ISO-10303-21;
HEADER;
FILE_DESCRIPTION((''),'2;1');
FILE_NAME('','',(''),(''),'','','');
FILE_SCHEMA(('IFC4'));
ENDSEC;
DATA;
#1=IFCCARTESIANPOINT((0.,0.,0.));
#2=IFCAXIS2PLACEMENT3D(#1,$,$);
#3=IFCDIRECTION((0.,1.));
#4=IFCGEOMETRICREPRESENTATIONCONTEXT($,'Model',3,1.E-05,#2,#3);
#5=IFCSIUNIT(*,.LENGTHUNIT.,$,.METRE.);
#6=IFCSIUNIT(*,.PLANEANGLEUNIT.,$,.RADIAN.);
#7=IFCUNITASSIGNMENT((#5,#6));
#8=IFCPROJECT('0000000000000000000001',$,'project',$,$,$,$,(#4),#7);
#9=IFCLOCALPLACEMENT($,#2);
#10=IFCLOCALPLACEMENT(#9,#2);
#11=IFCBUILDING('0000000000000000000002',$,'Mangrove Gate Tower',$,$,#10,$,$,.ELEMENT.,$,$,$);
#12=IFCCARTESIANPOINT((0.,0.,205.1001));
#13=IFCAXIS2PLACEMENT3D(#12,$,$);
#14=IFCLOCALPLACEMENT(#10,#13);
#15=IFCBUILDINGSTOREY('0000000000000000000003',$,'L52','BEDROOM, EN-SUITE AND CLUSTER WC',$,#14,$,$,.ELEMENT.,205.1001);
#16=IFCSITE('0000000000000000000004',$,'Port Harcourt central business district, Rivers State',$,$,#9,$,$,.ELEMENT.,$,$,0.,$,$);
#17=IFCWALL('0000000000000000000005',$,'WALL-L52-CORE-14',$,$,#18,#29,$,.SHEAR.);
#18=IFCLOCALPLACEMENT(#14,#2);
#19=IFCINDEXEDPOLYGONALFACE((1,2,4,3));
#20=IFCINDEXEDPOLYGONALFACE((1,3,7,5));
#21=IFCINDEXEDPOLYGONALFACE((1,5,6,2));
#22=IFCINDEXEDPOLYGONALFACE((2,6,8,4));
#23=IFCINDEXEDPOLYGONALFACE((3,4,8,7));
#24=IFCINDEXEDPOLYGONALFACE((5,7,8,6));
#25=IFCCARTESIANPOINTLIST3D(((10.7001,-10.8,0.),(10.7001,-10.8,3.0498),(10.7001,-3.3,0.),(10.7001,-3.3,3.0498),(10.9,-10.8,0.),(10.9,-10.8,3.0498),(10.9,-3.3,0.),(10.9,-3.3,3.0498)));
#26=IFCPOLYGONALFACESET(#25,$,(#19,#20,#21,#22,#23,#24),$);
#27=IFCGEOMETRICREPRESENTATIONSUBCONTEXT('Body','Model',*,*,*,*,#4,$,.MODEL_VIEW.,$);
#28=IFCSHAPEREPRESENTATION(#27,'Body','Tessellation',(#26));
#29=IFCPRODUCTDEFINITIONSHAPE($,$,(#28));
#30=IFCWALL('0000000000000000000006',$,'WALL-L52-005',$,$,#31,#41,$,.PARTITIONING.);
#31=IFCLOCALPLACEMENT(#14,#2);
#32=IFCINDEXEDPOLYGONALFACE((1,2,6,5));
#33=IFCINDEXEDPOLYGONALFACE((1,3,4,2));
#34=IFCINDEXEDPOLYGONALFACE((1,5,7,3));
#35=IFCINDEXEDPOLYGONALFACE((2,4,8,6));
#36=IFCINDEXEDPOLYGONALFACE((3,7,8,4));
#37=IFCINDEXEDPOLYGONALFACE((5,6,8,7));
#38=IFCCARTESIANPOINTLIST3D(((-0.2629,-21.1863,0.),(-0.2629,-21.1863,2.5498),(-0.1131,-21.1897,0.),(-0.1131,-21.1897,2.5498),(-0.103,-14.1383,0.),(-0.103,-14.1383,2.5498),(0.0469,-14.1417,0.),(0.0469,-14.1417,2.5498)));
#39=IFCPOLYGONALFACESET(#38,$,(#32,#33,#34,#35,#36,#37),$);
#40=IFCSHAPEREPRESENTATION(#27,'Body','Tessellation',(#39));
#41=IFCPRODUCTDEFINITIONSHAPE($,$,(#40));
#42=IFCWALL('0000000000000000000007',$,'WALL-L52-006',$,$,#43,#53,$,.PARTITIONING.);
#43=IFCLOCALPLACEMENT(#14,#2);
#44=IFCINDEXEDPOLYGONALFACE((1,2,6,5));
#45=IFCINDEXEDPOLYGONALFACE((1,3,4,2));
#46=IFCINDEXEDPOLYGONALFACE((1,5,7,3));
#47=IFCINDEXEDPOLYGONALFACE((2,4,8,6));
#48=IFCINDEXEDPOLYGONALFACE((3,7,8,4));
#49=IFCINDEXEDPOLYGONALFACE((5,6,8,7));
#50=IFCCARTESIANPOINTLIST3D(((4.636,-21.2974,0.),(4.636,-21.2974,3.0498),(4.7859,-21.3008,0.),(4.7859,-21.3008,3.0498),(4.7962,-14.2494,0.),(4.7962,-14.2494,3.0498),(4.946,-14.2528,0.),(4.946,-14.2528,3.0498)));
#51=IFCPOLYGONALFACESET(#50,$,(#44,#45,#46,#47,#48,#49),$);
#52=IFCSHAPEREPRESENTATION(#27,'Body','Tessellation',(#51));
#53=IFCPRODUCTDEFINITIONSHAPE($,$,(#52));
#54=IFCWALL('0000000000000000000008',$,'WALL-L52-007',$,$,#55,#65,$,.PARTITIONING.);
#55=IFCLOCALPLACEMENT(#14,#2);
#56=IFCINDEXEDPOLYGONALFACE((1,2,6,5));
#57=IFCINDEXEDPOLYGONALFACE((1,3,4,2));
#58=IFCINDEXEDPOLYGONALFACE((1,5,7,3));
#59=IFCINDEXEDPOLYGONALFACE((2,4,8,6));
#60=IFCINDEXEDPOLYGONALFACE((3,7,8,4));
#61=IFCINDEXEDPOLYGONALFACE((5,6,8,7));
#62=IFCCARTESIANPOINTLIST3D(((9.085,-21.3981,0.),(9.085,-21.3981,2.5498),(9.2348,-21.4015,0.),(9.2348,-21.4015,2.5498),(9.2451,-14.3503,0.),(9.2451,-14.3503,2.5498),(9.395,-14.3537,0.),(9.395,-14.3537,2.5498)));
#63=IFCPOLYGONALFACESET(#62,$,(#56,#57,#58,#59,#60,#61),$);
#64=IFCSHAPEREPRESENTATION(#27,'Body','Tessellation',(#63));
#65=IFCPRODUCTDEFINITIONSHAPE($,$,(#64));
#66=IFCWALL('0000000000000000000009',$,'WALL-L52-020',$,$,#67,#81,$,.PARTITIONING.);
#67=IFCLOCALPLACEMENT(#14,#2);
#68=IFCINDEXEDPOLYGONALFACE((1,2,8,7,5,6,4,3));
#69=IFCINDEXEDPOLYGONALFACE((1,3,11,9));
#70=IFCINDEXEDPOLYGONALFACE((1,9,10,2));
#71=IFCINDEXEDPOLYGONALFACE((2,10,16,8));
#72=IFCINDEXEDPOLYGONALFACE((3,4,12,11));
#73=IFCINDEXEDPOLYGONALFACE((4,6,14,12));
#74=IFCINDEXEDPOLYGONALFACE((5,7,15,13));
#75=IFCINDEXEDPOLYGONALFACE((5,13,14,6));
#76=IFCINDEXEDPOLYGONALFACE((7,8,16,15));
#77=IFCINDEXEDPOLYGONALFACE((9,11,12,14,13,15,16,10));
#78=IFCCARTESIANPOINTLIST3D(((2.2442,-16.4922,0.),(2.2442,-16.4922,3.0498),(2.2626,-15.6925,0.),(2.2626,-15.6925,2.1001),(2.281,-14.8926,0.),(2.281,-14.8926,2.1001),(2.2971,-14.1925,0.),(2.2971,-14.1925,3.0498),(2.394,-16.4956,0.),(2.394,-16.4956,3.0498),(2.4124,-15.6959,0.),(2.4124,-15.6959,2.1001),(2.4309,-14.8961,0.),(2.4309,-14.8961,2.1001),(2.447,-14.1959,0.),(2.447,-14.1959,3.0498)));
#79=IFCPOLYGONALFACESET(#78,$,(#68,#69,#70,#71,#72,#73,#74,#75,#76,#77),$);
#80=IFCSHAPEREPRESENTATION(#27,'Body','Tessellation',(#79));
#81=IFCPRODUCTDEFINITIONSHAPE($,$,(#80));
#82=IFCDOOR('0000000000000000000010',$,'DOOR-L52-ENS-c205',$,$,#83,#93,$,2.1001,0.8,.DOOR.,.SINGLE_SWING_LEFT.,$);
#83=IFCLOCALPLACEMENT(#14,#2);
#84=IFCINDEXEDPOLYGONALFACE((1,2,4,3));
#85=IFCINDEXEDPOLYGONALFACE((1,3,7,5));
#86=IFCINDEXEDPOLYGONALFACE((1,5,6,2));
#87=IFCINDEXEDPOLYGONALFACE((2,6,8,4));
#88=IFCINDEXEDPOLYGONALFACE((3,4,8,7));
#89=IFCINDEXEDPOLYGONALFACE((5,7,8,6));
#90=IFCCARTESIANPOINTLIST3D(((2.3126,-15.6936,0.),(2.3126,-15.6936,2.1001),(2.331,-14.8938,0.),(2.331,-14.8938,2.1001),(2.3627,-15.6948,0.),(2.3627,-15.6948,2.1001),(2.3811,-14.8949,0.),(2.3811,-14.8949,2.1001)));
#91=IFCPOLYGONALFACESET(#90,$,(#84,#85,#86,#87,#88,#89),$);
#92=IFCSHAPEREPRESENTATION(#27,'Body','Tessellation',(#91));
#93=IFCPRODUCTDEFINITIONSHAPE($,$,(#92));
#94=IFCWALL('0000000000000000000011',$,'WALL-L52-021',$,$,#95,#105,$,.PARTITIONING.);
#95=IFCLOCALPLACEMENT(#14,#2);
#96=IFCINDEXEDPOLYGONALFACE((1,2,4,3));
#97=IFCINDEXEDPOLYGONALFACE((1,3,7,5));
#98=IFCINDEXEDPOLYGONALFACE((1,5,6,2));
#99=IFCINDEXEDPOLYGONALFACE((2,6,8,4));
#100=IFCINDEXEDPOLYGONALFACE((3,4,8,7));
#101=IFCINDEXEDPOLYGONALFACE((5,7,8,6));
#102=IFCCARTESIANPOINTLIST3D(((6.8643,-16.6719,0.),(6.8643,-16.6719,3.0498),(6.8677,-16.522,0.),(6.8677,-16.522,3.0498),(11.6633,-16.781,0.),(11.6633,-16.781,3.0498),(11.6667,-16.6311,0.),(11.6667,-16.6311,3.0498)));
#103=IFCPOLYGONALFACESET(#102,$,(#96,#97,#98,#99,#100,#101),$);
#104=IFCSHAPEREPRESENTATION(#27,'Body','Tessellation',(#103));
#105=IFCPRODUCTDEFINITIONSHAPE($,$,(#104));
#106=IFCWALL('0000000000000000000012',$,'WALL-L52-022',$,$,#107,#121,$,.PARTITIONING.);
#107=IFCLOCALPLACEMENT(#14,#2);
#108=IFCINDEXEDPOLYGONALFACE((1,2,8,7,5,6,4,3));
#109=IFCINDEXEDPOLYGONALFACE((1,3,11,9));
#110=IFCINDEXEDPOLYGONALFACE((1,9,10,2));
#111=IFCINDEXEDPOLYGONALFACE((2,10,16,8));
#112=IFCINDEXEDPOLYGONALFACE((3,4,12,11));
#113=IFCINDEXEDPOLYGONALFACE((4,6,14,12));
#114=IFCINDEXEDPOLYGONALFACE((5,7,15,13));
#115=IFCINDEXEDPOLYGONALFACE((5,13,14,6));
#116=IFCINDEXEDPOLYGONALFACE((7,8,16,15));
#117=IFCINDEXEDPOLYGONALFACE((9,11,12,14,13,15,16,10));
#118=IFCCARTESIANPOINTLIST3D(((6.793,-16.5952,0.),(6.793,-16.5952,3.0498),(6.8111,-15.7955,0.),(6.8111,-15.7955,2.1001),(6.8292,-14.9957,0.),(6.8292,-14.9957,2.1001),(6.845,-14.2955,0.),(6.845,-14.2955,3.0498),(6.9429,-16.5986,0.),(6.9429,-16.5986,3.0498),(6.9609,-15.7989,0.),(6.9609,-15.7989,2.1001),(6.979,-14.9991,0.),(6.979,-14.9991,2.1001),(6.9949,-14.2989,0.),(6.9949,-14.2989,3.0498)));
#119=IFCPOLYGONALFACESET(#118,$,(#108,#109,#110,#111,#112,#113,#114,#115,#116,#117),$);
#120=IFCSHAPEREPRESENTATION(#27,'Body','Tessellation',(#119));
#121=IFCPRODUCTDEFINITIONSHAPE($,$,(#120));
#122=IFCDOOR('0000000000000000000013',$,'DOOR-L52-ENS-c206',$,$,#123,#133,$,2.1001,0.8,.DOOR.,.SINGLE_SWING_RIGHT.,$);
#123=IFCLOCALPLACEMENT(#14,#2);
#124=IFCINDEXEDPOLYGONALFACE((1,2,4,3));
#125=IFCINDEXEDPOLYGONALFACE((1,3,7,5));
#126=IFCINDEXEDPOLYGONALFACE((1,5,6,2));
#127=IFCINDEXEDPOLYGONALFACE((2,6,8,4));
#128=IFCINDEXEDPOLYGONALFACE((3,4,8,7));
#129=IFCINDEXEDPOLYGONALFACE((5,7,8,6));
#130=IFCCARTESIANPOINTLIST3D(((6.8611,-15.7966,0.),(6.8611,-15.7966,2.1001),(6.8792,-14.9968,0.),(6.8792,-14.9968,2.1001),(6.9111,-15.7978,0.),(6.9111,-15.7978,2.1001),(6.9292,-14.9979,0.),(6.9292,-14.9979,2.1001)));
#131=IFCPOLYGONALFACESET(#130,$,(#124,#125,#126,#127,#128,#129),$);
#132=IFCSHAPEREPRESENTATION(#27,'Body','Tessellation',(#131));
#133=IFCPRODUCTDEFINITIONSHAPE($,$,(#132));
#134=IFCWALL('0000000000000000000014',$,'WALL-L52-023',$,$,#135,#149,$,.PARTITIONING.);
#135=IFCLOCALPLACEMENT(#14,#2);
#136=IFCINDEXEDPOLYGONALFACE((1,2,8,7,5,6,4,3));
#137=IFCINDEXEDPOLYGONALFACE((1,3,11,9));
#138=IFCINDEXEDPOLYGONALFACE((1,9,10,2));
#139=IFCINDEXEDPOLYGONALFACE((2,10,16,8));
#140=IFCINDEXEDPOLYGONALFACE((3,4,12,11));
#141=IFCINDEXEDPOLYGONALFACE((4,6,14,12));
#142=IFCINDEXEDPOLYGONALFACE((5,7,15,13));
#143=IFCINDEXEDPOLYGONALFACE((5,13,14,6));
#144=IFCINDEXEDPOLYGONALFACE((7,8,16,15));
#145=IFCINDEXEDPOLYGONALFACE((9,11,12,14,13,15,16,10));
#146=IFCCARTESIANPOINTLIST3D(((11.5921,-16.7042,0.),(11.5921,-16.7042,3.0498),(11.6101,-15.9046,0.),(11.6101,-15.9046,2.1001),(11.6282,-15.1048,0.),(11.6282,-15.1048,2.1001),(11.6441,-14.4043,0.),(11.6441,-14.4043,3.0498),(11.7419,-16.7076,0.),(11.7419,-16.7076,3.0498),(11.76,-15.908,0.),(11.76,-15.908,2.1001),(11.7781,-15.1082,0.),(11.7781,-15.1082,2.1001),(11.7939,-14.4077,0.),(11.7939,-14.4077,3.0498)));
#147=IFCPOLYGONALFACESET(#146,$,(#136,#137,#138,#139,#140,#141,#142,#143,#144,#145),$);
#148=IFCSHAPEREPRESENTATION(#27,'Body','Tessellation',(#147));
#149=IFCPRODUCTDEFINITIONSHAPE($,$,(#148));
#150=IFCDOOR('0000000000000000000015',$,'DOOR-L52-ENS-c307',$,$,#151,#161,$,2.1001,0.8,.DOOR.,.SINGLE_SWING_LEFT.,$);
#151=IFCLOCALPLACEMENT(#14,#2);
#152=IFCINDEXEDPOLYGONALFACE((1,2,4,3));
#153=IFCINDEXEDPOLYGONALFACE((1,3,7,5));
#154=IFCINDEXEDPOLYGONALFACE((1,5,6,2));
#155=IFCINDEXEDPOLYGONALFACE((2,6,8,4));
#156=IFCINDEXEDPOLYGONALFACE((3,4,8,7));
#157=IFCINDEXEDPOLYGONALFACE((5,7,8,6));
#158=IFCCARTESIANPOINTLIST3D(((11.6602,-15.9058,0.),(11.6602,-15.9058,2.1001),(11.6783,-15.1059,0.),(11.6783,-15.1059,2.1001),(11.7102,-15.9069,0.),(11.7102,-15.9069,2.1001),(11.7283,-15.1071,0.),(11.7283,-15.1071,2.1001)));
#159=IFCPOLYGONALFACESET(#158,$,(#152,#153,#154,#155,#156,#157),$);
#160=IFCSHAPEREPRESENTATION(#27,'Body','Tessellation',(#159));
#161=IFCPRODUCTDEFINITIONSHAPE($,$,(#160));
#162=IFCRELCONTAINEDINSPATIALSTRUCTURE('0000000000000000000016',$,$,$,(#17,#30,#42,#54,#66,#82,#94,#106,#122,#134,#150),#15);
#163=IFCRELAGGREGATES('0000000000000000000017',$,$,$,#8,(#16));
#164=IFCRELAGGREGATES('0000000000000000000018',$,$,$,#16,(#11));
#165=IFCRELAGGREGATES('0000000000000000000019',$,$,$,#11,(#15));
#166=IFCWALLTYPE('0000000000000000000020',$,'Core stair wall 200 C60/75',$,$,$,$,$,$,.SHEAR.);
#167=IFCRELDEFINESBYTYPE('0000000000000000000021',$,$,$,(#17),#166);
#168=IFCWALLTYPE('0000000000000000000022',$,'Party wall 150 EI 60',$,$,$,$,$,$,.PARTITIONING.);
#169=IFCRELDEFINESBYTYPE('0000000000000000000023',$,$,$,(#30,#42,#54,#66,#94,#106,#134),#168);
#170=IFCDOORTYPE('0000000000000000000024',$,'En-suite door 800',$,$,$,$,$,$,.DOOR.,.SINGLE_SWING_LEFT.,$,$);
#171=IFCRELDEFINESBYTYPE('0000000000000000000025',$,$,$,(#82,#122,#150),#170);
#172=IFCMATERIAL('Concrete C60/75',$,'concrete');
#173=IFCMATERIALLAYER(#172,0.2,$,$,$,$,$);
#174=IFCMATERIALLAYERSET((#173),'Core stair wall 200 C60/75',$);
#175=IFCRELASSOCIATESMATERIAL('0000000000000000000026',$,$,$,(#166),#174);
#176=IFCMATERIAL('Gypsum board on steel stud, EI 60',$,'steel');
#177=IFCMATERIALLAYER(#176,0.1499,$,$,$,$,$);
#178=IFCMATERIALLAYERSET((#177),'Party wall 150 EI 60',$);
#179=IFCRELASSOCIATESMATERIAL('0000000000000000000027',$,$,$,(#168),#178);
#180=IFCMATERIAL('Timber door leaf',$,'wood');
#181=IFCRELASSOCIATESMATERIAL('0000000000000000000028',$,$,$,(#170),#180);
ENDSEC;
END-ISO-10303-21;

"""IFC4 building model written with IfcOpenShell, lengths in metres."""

from ifc_helpers import new_model, si_unit, direction, frame, frame_2d, origin, place, context, subcontext, project, spatial, rectangle, extrude, material, layer, layer_set, type_object, element, fill, save


model = new_model("IFC4")

# Units and contexts
model_context = context("Model", 3, precision=1e-05, world=origin(), true_north=direction((0.0, 1.0)))
body_context = subcontext(model_context, "Body", "Model", "MODEL_VIEW")
ifc_project = project(units=[si_unit("LENGTHUNIT", "METRE"), si_unit("PLANEANGLEUNIT", "RADIAN")], contexts=[model_context])

# Site, building, storey
site_placement = place(None, origin())
site = spatial("IfcSite", under=ifc_project, at=site_placement, Name="Port Harcourt central business district, Rivers State", CompositionType="ELEMENT", RefElevation=0.0)
building_placement = place(site_placement, origin())
building = spatial("IfcBuilding", under=site, at=building_placement, Name="Mangrove Gate Tower", CompositionType="ELEMENT")
storey_placement = place(building_placement, frame((0.0, 0.0, 205.1001)))
storey = spatial("IfcBuildingStorey", under=building, at=storey_placement, Name="L52", Description="BEDROOM, EN-SUITE AND CLUSTER WC", CompositionType="ELEMENT", Elevation=205.1001)

# Shared definitions
ifc_material_1 = material(Name="Concrete C60/75", Category="concrete")
ifc_layer_1 = layer(ifc_material_1, 0.2)
ifc_layer_set_1 = layer_set([ifc_layer_1], Name="Core stair wall 200 C60/75")
wall_type_1 = type_object("IfcWallType", Name="Core stair wall 200 C60/75", PredefinedType="SHEAR", material=ifc_layer_set_1)

# Walls
wall_1_placement = place(storey_placement, frame((10.8, -10.8, 0.0), z_axis=(0.0, 0.0, 1.0), x_axis=(0.0, 1.0, 0.0)))
element("IfcWall", 1, at=wall_1_placement, inside=storey, type_object=wall_type_1, Name="WALL-L52-CORE-14", PredefinedType="SHEAR", context=body_context, shape_type="SweptSolid", body=[
    extrude(rectangle(XDim=7.5, YDim=0.2, at=frame_2d((3.75, 0.0))), origin(), (0.0, 0.0, 1.0), 3.0498),
])
ifc_material_2 = material(Name="Gypsum board on steel stud, EI 60", Category="steel")
ifc_layer_2 = layer(ifc_material_2, 0.1499)
ifc_layer_set_2 = layer_set([ifc_layer_2], Name="Party wall 150 EI 60")
wall_type_2 = type_object("IfcWallType", Name="Party wall 150 EI 60", PredefinedType="PARTITIONING", material=ifc_layer_set_2)
wall_2_placement = place(storey_placement, frame((-0.188, -21.188, 0.0), z_axis=(0.0, 0.0, 1.0), x_axis=(0.022683, 0.999743, 0.0)))
element("IfcWall", 2, at=wall_2_placement, inside=storey, type_object=wall_type_2, Name="WALL-L52-005", PredefinedType="PARTITIONING", context=body_context, shape_type="SweptSolid", body=[
    extrude(rectangle(XDim=7.0498, YDim=0.1499, at=frame_2d((3.5249, 0.0))), origin(), (0.0, 0.0, 1.0), 2.5498),
])
wall_3_placement = place(storey_placement, frame((4.7109, -21.2991, 0.0), z_axis=(0.0, 0.0, 1.0), x_axis=(0.022717, 0.999742, 0.0)))
element("IfcWall", 3, at=wall_3_placement, inside=storey, type_object=wall_type_2, Name="WALL-L52-006", PredefinedType="PARTITIONING", context=body_context, shape_type="SweptSolid", body=[
    extrude(rectangle(XDim=7.0498, YDim=0.1499, at=frame_2d((3.5249, 0.0))), origin(), (0.0, 0.0, 1.0), 3.0498),
])
wall_4_placement = place(storey_placement, frame((9.1599, -21.3999, 0.0), z_axis=(0.0, 0.0, 1.0), x_axis=(0.022718, 0.999742, 0.0)))
element("IfcWall", 4, at=wall_4_placement, inside=storey, type_object=wall_type_2, Name="WALL-L52-007", PredefinedType="PARTITIONING", context=body_context, shape_type="SweptSolid", body=[
    extrude(rectangle(XDim=7.0496, YDim=0.1499, at=frame_2d((3.5249, 0.0))), origin(), (0.0, 0.0, 1.0), 2.5498),
])

# Wall, opening, door
wall_5_placement = place(storey_placement, frame((2.3191, -16.4939, 0.0), z_axis=(0.0, 0.0, 1.0), x_axis=(0.02303, 0.999735, 0.0)))
wall_5 = element("IfcWall", 5, at=wall_5_placement, inside=storey, type_object=wall_type_2, Name="WALL-L52-020", PredefinedType="PARTITIONING", context=body_context, shape_type="SweptSolid", body=[
    extrude(rectangle(XDim=2.3003, YDim=0.1499, at=frame_2d((1.1501, 0.0))), origin(), (0.0, 0.0, 1.0), 3.0498),
])
opening_1_placement = place(wall_5_placement, frame((0.8, 0.0, 0.0)))
opening_1 = element("IfcOpeningElement", 6, at=opening_1_placement, cuts=wall_5, PredefinedType="OPENING", context=body_context, shape_type="SweptSolid", body=[
    extrude(rectangle(XDim=0.8, YDim=2.1001, at=frame_2d((0.3999, 1.05))), frame((0.0, 0.085, 0.0), z_axis=(0.0, -1.0, 0.0), x_axis=(1.0, 0.0, 0.0)), (0.0, 0.0, 1.0), 0.1699),
])
ifc_material_3 = material(Name="Timber door leaf", Category="wood")
door_type_1 = type_object("IfcDoorType", Name="En-suite door 800", OperationType="SINGLE_SWING_LEFT", PredefinedType="DOOR", material=ifc_material_3)
door_1_placement = place(opening_1_placement, origin())
door_1 = element("IfcDoor", 7, at=door_1_placement, inside=storey, type_object=door_type_1, Name="DOOR-L52-ENS-c205", OperationType="SINGLE_SWING_LEFT", OverallHeight=2.1001, OverallWidth=0.8, PredefinedType="DOOR", context=body_context, shape_type="SweptSolid", body=[
    extrude(rectangle(XDim=0.8, YDim=2.1001, at=frame_2d((0.3999, 1.05))), frame((0.0, 0.0249, 0.0), z_axis=(0.0, -1.0, 0.0), x_axis=(1.0, 0.0, 0.0)), (0.0, 0.0, 1.0), 0.05),
])
fill(opening_1, door_1)

# Wall
wall_6_placement = place(storey_placement, frame((6.866, -16.5969, 0.0), z_axis=(0.0, 0.0, 1.0), x_axis=(0.999742, -0.022734, 0.0)))
element("IfcWall", 8, at=wall_6_placement, inside=storey, type_object=wall_type_2, Name="WALL-L52-021", PredefinedType="PARTITIONING", context=body_context, shape_type="SweptSolid", body=[
    extrude(rectangle(XDim=4.8003, YDim=0.1499, at=frame_2d((2.4001, 0.0))), origin(), (0.0, 0.0, 1.0), 3.0498),
])

# Walls, openings, doors
wall_7_placement = place(storey_placement, frame((6.8679, -16.5969, 0.0), z_axis=(0.0, 0.0, 1.0), x_axis=(0.022606, 0.999744, 0.0)))
wall_7 = element("IfcWall", 9, at=wall_7_placement, inside=storey, type_object=wall_type_2, Name="WALL-L52-022", PredefinedType="PARTITIONING", context=body_context, shape_type="SweptSolid", body=[
    extrude(rectangle(XDim=2.3003, YDim=0.1499, at=frame_2d((1.1501, 0.0))), origin(), (0.0, 0.0, 1.0), 3.0498),
])
opening_2_placement = place(wall_7_placement, frame((0.8, 0.0, 0.0)))
opening_2 = element("IfcOpeningElement", 10, at=opening_2_placement, cuts=wall_7, PredefinedType="OPENING", context=body_context, shape_type="SweptSolid", body=[
    extrude(rectangle(XDim=0.8, YDim=2.1001, at=frame_2d((0.3999, 1.05))), frame((0.0, 0.085, 0.0), z_axis=(0.0, -1.0, 0.0), x_axis=(1.0, 0.0, 0.0)), (0.0, 0.0, 1.0), 0.1699),
])
door_2_placement = place(opening_2_placement, origin())
door_2 = element("IfcDoor", 11, at=door_2_placement, inside=storey, type_object=door_type_1, Name="DOOR-L52-ENS-c206", OperationType="SINGLE_SWING_RIGHT", OverallHeight=2.1001, OverallWidth=0.8, PredefinedType="DOOR", context=body_context, shape_type="SweptSolid", body=[
    extrude(rectangle(XDim=0.8, YDim=2.1001, at=frame_2d((0.3999, 1.05))), frame((0.0, 0.0249, 0.0), z_axis=(0.0, -1.0, 0.0), x_axis=(1.0, 0.0, 0.0)), (0.0, 0.0, 1.0), 0.05),
])
fill(opening_2, door_2)
wall_8_placement = place(storey_placement, frame((11.667, -16.7061, 0.0), z_axis=(0.0, 0.0, 1.0), x_axis=(0.022603, 0.999745, 0.0)))
wall_8 = element("IfcWall", 12, at=wall_8_placement, inside=storey, type_object=wall_type_2, Name="WALL-L52-023", PredefinedType="PARTITIONING", context=body_context, shape_type="SweptSolid", body=[
    extrude(rectangle(XDim=2.3005, YDim=0.1499, at=frame_2d((1.1504, 0.0))), origin(), (0.0, 0.0, 1.0), 3.0498),
])
opening_3_placement = place(wall_8_placement, frame((0.8, 0.0, 0.0)))
opening_3 = element("IfcOpeningElement", 13, at=opening_3_placement, cuts=wall_8, PredefinedType="OPENING", context=body_context, shape_type="SweptSolid", body=[
    extrude(rectangle(XDim=0.8, YDim=2.1001, at=frame_2d((0.3999, 1.05))), frame((0.0, 0.085, 0.0), z_axis=(0.0, -1.0, 0.0), x_axis=(1.0, 0.0, 0.0)), (0.0, 0.0, 1.0), 0.1699),
])
door_3_placement = place(opening_3_placement, origin())
door_3 = element("IfcDoor", 14, at=door_3_placement, inside=storey, type_object=door_type_1, Name="DOOR-L52-ENS-c307", OperationType="SINGLE_SWING_LEFT", OverallHeight=2.1001, OverallWidth=0.8, PredefinedType="DOOR", context=body_context, shape_type="SweptSolid", body=[
    extrude(rectangle(XDim=0.8, YDim=2.1001, at=frame_2d((0.3999, 1.05))), frame((0.0, 0.0249, 0.0), z_axis=(0.0, -1.0, 0.0), x_axis=(1.0, 0.0, 0.0)), (0.0, 0.0, 1.0), 0.05),
])
fill(opening_3, door_3)

save(model, "model.ifc")
